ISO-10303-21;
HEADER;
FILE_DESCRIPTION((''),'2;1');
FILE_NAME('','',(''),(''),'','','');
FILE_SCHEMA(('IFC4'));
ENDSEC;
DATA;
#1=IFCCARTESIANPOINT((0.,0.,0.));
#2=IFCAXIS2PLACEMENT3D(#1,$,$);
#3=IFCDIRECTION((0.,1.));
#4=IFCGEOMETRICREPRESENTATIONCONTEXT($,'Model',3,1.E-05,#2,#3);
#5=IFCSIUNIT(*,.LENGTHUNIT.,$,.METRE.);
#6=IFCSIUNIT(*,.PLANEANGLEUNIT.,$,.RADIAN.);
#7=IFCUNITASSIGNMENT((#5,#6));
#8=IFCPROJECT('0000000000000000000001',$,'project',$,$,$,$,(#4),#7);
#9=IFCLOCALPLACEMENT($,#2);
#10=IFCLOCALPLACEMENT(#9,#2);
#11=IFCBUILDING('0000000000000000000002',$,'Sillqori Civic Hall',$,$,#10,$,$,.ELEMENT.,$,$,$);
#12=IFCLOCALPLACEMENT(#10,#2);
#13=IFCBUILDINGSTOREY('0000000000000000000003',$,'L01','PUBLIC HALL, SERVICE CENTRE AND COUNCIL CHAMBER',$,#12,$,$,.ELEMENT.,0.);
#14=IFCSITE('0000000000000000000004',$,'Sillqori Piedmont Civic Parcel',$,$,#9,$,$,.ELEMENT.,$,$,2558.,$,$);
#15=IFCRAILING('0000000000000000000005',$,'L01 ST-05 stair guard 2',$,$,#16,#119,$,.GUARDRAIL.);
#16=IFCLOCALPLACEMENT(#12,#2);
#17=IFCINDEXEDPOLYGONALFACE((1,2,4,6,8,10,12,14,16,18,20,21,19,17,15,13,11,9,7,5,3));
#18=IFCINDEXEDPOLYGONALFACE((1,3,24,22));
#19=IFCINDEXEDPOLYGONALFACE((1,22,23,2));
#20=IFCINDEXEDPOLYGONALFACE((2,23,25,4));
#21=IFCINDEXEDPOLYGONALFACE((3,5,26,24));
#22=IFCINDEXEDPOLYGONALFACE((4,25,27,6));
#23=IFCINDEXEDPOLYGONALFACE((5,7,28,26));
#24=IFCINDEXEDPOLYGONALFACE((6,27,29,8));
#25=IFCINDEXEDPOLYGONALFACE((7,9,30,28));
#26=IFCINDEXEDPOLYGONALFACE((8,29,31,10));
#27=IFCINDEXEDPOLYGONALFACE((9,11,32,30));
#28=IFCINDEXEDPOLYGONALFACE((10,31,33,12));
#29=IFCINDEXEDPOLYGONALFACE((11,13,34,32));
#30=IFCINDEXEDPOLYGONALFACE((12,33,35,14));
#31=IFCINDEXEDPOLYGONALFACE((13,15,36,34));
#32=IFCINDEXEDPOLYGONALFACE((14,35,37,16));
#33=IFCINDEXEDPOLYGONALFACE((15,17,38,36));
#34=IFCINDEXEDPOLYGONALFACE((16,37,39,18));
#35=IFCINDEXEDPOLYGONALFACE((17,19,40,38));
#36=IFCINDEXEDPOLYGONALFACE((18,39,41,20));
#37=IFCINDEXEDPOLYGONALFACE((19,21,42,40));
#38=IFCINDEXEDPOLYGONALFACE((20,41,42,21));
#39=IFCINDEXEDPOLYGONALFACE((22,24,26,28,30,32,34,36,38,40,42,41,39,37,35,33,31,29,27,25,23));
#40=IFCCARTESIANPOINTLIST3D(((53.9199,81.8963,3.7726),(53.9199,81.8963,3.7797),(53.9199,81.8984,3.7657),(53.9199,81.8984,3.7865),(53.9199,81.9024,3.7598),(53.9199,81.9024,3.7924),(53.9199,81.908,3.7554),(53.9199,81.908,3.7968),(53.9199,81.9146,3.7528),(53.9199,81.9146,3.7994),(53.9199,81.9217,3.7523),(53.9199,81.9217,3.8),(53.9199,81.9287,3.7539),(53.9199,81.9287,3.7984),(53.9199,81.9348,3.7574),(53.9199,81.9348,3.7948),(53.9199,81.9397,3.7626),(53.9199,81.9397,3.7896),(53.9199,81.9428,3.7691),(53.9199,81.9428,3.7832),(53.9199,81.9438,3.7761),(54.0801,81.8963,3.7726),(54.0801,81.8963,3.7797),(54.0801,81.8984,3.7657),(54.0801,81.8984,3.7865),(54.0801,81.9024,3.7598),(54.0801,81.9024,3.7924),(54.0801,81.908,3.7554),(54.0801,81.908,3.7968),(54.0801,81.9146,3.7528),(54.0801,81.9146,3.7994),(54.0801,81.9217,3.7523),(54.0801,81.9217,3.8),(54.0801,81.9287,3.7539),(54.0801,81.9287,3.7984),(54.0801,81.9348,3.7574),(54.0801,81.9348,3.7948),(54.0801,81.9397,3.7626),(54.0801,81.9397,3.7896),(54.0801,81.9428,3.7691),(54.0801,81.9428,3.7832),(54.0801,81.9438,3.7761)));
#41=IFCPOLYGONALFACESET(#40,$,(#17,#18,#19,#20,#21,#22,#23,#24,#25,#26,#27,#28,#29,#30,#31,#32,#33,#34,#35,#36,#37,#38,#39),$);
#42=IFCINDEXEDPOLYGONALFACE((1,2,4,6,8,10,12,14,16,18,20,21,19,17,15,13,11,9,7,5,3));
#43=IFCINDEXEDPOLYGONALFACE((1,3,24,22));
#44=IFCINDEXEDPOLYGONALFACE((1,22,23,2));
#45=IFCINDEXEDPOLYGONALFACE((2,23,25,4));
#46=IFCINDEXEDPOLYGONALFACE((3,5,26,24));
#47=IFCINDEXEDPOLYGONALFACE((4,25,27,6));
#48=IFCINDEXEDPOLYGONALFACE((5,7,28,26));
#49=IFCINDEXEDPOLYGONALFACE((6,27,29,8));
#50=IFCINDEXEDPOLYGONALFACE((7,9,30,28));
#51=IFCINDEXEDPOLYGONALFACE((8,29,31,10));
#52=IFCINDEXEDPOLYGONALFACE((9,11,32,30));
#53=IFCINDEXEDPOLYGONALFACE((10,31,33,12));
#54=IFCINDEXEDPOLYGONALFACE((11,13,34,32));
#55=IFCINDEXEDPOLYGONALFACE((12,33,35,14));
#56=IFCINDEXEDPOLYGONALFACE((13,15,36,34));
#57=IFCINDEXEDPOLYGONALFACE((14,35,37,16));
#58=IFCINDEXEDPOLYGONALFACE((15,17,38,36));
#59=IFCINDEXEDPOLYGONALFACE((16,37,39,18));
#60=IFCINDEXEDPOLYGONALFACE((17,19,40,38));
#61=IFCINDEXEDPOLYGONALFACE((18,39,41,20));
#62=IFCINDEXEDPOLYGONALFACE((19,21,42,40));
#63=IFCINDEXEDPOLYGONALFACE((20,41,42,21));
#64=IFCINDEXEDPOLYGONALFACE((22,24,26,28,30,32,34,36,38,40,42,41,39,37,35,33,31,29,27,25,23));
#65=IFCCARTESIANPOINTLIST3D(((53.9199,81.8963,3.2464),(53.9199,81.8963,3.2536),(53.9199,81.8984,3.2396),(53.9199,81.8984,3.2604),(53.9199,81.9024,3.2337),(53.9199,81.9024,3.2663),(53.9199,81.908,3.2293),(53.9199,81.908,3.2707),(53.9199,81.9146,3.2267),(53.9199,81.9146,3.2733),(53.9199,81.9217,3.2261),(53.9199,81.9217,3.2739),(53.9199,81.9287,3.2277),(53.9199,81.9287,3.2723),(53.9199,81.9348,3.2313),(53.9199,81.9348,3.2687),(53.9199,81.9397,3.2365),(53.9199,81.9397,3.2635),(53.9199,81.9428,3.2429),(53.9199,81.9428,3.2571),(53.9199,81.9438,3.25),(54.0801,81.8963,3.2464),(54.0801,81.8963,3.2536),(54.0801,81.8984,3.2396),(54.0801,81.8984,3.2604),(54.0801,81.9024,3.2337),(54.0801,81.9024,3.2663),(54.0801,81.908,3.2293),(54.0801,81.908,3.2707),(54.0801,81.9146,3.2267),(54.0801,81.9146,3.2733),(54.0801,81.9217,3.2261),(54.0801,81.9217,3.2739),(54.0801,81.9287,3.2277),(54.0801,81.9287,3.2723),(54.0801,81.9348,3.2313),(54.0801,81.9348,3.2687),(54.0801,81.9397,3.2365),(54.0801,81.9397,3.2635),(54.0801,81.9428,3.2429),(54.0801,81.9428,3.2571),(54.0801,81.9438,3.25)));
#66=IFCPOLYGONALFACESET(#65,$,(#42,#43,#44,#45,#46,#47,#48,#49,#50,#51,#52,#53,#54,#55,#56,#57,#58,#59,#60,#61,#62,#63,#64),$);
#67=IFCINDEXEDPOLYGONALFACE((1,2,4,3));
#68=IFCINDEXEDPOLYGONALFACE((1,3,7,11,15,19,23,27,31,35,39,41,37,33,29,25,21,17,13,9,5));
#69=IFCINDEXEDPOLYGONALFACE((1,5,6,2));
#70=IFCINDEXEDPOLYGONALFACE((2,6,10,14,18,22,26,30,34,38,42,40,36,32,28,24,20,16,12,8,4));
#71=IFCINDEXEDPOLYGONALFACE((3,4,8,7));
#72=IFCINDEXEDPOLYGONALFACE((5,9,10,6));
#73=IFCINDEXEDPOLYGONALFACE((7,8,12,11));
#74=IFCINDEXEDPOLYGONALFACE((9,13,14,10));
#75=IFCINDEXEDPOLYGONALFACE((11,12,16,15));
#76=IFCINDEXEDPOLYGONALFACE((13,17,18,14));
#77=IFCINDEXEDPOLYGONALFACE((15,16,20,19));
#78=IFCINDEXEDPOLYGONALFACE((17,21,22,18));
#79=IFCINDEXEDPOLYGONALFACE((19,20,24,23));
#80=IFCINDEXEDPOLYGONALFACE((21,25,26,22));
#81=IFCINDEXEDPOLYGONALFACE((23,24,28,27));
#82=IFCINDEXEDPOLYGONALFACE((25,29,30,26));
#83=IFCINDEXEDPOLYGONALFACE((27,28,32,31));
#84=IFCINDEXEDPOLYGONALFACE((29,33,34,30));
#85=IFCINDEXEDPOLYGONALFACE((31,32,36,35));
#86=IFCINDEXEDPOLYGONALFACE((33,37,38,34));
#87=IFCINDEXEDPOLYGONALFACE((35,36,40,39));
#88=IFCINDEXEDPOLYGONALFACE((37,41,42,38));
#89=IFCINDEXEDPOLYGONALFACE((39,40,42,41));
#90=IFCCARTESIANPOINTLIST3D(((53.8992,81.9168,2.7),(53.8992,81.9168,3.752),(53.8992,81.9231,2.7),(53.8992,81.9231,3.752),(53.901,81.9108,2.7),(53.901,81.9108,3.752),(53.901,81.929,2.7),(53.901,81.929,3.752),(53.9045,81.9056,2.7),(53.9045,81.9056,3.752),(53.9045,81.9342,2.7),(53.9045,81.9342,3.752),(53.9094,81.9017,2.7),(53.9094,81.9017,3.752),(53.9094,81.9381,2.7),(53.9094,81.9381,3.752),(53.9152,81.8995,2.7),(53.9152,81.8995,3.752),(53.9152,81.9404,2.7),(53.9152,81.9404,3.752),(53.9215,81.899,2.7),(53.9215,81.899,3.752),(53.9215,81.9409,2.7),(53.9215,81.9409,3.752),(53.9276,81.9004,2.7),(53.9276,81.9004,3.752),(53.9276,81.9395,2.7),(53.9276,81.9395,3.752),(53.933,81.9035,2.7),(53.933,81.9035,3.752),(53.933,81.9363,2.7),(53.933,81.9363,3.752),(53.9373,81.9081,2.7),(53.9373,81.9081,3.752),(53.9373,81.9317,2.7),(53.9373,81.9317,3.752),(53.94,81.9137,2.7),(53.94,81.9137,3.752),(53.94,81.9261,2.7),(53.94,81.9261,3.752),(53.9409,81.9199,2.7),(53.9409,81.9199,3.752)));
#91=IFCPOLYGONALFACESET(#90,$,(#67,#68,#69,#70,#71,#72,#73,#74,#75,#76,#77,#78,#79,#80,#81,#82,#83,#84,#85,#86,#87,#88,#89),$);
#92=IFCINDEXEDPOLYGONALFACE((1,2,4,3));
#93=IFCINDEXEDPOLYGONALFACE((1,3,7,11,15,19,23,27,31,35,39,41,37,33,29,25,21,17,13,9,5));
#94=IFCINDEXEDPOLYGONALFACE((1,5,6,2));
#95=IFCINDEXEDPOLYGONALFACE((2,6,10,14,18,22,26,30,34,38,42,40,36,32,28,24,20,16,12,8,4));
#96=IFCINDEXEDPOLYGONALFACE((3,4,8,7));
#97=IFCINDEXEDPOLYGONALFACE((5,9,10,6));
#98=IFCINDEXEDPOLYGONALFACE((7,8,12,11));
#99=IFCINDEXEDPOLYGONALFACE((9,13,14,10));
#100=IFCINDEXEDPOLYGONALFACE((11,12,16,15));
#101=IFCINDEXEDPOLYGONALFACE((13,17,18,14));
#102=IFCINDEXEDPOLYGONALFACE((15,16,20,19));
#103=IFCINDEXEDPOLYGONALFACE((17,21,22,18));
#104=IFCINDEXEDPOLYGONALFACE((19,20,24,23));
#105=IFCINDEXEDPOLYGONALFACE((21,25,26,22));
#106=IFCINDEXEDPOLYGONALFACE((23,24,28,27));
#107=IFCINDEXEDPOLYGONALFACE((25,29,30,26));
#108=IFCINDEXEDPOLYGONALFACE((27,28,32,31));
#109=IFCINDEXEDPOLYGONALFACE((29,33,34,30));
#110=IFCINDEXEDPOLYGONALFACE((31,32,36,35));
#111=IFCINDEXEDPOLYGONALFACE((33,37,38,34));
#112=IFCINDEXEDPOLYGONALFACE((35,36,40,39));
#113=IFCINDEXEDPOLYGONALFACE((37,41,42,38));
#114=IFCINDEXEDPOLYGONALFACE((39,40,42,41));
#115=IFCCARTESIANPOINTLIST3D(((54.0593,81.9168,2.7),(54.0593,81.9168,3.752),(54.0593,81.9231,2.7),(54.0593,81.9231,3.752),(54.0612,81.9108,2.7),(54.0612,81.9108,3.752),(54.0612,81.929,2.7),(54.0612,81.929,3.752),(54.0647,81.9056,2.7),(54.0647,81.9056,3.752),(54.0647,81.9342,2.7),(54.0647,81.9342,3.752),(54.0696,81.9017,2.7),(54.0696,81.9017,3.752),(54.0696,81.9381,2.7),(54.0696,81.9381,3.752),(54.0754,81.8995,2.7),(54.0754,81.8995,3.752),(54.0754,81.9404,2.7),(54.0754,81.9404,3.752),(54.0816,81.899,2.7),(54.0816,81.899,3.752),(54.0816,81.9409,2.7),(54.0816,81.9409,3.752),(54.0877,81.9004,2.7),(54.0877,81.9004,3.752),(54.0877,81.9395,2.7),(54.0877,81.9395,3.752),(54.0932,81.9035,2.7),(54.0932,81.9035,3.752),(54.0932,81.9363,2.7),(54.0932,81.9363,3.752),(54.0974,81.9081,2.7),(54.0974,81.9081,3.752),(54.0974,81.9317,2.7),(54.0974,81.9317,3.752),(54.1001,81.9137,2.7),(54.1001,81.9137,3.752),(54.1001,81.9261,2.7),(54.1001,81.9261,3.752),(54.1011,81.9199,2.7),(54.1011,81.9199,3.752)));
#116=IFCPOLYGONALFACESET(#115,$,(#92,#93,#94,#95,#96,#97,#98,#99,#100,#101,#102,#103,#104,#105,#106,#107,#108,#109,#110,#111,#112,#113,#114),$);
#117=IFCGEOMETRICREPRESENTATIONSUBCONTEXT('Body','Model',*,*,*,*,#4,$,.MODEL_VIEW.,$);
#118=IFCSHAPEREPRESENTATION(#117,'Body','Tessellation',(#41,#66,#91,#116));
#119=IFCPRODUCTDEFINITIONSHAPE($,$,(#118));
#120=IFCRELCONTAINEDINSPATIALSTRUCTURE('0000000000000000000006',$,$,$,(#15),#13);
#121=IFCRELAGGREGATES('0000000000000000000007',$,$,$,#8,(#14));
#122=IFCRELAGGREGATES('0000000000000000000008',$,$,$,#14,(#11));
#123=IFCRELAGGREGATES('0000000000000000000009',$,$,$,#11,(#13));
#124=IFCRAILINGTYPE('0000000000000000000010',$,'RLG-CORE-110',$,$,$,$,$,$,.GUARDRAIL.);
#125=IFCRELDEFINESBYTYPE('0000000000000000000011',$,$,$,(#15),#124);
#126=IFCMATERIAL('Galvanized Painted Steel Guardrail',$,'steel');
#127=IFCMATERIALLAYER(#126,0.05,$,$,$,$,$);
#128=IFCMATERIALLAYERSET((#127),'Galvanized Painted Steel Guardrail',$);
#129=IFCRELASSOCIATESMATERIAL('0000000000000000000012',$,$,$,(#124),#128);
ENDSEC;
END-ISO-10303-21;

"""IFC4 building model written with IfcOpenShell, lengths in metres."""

from ifc_helpers import new_model, si_unit, direction, frame, origin, origin_2d, place, context, subcontext, project, spatial, circle, extrude, material, layer, layer_set, type_object, element, save


model = new_model("IFC4")

# Units and contexts
model_context = context("Model", 3, precision=1e-05, world=origin(), true_north=direction((0.0, 1.0)))
body_context = subcontext(model_context, "Body", "Model", "MODEL_VIEW")
ifc_project = project(units=[si_unit("LENGTHUNIT", "METRE"), si_unit("PLANEANGLEUNIT", "RADIAN")], contexts=[model_context])

# Site, building, storey
site_placement = place(None, origin())
site = spatial("IfcSite", under=ifc_project, at=site_placement, Name="Sillqori Piedmont Civic Parcel", CompositionType="ELEMENT", RefElevation=2558.0)
building_placement = place(site_placement, origin())
building = spatial("IfcBuilding", under=site, at=building_placement, Name="Sillqori Civic Hall", CompositionType="ELEMENT")
storey_placement = place(building_placement, origin())
storey = spatial("IfcBuildingStorey", under=building, at=storey_placement, Name="L01", Description="PUBLIC HALL, SERVICE CENTRE AND COUNCIL CHAMBER", CompositionType="ELEMENT", Elevation=0.0)

# Railing
ifc_material_1 = material(Name="Galvanized Painted Steel Guardrail", Category="steel")
ifc_layer_1 = layer(ifc_material_1, 0.05)
ifc_layer_set_1 = layer_set([ifc_layer_1], Name="Galvanized Painted Steel Guardrail")
railing_type_1 = type_object("IfcRailingType", Name="RLG-CORE-110", PredefinedType="GUARDRAIL", material=ifc_layer_set_1)
railing_1_placement = place(storey_placement, frame((53.9199, 81.9199, 2.7)))
element("IfcRailing", 1, at=railing_1_placement, inside=storey, type_object=railing_type_1, Name="L01 ST-05 stair guard 2", PredefinedType="GUARDRAIL", context=body_context, shape_type="SweptSolid", body=[
    extrude(circle(Radius=0.0239, at=origin_2d()), frame((0.0, 0.0, 1.0762), z_axis=(1.0, 0.0, 0.0), x_axis=(0.0, 1.0, 0.0)), (0.0, 0.0, 1.0), 0.1602),
    extrude(circle(Radius=0.0239, at=origin_2d()), frame((0.0, 0.0, 0.55), z_axis=(1.0, 0.0, 0.0), x_axis=(0.0, 1.0, 0.0)), (0.0, 0.0, 1.0), 0.1602),
    extrude(circle(Radius=0.021, at=origin_2d()), origin(), (0.0, 0.0, 1.0), 1.052),
    extrude(circle(Radius=0.021, at=origin_2d()), frame((0.1602, 0.0, 0.0)), (0.0, 0.0, 1.0), 1.052),
])

save(model, "model.ifc")
